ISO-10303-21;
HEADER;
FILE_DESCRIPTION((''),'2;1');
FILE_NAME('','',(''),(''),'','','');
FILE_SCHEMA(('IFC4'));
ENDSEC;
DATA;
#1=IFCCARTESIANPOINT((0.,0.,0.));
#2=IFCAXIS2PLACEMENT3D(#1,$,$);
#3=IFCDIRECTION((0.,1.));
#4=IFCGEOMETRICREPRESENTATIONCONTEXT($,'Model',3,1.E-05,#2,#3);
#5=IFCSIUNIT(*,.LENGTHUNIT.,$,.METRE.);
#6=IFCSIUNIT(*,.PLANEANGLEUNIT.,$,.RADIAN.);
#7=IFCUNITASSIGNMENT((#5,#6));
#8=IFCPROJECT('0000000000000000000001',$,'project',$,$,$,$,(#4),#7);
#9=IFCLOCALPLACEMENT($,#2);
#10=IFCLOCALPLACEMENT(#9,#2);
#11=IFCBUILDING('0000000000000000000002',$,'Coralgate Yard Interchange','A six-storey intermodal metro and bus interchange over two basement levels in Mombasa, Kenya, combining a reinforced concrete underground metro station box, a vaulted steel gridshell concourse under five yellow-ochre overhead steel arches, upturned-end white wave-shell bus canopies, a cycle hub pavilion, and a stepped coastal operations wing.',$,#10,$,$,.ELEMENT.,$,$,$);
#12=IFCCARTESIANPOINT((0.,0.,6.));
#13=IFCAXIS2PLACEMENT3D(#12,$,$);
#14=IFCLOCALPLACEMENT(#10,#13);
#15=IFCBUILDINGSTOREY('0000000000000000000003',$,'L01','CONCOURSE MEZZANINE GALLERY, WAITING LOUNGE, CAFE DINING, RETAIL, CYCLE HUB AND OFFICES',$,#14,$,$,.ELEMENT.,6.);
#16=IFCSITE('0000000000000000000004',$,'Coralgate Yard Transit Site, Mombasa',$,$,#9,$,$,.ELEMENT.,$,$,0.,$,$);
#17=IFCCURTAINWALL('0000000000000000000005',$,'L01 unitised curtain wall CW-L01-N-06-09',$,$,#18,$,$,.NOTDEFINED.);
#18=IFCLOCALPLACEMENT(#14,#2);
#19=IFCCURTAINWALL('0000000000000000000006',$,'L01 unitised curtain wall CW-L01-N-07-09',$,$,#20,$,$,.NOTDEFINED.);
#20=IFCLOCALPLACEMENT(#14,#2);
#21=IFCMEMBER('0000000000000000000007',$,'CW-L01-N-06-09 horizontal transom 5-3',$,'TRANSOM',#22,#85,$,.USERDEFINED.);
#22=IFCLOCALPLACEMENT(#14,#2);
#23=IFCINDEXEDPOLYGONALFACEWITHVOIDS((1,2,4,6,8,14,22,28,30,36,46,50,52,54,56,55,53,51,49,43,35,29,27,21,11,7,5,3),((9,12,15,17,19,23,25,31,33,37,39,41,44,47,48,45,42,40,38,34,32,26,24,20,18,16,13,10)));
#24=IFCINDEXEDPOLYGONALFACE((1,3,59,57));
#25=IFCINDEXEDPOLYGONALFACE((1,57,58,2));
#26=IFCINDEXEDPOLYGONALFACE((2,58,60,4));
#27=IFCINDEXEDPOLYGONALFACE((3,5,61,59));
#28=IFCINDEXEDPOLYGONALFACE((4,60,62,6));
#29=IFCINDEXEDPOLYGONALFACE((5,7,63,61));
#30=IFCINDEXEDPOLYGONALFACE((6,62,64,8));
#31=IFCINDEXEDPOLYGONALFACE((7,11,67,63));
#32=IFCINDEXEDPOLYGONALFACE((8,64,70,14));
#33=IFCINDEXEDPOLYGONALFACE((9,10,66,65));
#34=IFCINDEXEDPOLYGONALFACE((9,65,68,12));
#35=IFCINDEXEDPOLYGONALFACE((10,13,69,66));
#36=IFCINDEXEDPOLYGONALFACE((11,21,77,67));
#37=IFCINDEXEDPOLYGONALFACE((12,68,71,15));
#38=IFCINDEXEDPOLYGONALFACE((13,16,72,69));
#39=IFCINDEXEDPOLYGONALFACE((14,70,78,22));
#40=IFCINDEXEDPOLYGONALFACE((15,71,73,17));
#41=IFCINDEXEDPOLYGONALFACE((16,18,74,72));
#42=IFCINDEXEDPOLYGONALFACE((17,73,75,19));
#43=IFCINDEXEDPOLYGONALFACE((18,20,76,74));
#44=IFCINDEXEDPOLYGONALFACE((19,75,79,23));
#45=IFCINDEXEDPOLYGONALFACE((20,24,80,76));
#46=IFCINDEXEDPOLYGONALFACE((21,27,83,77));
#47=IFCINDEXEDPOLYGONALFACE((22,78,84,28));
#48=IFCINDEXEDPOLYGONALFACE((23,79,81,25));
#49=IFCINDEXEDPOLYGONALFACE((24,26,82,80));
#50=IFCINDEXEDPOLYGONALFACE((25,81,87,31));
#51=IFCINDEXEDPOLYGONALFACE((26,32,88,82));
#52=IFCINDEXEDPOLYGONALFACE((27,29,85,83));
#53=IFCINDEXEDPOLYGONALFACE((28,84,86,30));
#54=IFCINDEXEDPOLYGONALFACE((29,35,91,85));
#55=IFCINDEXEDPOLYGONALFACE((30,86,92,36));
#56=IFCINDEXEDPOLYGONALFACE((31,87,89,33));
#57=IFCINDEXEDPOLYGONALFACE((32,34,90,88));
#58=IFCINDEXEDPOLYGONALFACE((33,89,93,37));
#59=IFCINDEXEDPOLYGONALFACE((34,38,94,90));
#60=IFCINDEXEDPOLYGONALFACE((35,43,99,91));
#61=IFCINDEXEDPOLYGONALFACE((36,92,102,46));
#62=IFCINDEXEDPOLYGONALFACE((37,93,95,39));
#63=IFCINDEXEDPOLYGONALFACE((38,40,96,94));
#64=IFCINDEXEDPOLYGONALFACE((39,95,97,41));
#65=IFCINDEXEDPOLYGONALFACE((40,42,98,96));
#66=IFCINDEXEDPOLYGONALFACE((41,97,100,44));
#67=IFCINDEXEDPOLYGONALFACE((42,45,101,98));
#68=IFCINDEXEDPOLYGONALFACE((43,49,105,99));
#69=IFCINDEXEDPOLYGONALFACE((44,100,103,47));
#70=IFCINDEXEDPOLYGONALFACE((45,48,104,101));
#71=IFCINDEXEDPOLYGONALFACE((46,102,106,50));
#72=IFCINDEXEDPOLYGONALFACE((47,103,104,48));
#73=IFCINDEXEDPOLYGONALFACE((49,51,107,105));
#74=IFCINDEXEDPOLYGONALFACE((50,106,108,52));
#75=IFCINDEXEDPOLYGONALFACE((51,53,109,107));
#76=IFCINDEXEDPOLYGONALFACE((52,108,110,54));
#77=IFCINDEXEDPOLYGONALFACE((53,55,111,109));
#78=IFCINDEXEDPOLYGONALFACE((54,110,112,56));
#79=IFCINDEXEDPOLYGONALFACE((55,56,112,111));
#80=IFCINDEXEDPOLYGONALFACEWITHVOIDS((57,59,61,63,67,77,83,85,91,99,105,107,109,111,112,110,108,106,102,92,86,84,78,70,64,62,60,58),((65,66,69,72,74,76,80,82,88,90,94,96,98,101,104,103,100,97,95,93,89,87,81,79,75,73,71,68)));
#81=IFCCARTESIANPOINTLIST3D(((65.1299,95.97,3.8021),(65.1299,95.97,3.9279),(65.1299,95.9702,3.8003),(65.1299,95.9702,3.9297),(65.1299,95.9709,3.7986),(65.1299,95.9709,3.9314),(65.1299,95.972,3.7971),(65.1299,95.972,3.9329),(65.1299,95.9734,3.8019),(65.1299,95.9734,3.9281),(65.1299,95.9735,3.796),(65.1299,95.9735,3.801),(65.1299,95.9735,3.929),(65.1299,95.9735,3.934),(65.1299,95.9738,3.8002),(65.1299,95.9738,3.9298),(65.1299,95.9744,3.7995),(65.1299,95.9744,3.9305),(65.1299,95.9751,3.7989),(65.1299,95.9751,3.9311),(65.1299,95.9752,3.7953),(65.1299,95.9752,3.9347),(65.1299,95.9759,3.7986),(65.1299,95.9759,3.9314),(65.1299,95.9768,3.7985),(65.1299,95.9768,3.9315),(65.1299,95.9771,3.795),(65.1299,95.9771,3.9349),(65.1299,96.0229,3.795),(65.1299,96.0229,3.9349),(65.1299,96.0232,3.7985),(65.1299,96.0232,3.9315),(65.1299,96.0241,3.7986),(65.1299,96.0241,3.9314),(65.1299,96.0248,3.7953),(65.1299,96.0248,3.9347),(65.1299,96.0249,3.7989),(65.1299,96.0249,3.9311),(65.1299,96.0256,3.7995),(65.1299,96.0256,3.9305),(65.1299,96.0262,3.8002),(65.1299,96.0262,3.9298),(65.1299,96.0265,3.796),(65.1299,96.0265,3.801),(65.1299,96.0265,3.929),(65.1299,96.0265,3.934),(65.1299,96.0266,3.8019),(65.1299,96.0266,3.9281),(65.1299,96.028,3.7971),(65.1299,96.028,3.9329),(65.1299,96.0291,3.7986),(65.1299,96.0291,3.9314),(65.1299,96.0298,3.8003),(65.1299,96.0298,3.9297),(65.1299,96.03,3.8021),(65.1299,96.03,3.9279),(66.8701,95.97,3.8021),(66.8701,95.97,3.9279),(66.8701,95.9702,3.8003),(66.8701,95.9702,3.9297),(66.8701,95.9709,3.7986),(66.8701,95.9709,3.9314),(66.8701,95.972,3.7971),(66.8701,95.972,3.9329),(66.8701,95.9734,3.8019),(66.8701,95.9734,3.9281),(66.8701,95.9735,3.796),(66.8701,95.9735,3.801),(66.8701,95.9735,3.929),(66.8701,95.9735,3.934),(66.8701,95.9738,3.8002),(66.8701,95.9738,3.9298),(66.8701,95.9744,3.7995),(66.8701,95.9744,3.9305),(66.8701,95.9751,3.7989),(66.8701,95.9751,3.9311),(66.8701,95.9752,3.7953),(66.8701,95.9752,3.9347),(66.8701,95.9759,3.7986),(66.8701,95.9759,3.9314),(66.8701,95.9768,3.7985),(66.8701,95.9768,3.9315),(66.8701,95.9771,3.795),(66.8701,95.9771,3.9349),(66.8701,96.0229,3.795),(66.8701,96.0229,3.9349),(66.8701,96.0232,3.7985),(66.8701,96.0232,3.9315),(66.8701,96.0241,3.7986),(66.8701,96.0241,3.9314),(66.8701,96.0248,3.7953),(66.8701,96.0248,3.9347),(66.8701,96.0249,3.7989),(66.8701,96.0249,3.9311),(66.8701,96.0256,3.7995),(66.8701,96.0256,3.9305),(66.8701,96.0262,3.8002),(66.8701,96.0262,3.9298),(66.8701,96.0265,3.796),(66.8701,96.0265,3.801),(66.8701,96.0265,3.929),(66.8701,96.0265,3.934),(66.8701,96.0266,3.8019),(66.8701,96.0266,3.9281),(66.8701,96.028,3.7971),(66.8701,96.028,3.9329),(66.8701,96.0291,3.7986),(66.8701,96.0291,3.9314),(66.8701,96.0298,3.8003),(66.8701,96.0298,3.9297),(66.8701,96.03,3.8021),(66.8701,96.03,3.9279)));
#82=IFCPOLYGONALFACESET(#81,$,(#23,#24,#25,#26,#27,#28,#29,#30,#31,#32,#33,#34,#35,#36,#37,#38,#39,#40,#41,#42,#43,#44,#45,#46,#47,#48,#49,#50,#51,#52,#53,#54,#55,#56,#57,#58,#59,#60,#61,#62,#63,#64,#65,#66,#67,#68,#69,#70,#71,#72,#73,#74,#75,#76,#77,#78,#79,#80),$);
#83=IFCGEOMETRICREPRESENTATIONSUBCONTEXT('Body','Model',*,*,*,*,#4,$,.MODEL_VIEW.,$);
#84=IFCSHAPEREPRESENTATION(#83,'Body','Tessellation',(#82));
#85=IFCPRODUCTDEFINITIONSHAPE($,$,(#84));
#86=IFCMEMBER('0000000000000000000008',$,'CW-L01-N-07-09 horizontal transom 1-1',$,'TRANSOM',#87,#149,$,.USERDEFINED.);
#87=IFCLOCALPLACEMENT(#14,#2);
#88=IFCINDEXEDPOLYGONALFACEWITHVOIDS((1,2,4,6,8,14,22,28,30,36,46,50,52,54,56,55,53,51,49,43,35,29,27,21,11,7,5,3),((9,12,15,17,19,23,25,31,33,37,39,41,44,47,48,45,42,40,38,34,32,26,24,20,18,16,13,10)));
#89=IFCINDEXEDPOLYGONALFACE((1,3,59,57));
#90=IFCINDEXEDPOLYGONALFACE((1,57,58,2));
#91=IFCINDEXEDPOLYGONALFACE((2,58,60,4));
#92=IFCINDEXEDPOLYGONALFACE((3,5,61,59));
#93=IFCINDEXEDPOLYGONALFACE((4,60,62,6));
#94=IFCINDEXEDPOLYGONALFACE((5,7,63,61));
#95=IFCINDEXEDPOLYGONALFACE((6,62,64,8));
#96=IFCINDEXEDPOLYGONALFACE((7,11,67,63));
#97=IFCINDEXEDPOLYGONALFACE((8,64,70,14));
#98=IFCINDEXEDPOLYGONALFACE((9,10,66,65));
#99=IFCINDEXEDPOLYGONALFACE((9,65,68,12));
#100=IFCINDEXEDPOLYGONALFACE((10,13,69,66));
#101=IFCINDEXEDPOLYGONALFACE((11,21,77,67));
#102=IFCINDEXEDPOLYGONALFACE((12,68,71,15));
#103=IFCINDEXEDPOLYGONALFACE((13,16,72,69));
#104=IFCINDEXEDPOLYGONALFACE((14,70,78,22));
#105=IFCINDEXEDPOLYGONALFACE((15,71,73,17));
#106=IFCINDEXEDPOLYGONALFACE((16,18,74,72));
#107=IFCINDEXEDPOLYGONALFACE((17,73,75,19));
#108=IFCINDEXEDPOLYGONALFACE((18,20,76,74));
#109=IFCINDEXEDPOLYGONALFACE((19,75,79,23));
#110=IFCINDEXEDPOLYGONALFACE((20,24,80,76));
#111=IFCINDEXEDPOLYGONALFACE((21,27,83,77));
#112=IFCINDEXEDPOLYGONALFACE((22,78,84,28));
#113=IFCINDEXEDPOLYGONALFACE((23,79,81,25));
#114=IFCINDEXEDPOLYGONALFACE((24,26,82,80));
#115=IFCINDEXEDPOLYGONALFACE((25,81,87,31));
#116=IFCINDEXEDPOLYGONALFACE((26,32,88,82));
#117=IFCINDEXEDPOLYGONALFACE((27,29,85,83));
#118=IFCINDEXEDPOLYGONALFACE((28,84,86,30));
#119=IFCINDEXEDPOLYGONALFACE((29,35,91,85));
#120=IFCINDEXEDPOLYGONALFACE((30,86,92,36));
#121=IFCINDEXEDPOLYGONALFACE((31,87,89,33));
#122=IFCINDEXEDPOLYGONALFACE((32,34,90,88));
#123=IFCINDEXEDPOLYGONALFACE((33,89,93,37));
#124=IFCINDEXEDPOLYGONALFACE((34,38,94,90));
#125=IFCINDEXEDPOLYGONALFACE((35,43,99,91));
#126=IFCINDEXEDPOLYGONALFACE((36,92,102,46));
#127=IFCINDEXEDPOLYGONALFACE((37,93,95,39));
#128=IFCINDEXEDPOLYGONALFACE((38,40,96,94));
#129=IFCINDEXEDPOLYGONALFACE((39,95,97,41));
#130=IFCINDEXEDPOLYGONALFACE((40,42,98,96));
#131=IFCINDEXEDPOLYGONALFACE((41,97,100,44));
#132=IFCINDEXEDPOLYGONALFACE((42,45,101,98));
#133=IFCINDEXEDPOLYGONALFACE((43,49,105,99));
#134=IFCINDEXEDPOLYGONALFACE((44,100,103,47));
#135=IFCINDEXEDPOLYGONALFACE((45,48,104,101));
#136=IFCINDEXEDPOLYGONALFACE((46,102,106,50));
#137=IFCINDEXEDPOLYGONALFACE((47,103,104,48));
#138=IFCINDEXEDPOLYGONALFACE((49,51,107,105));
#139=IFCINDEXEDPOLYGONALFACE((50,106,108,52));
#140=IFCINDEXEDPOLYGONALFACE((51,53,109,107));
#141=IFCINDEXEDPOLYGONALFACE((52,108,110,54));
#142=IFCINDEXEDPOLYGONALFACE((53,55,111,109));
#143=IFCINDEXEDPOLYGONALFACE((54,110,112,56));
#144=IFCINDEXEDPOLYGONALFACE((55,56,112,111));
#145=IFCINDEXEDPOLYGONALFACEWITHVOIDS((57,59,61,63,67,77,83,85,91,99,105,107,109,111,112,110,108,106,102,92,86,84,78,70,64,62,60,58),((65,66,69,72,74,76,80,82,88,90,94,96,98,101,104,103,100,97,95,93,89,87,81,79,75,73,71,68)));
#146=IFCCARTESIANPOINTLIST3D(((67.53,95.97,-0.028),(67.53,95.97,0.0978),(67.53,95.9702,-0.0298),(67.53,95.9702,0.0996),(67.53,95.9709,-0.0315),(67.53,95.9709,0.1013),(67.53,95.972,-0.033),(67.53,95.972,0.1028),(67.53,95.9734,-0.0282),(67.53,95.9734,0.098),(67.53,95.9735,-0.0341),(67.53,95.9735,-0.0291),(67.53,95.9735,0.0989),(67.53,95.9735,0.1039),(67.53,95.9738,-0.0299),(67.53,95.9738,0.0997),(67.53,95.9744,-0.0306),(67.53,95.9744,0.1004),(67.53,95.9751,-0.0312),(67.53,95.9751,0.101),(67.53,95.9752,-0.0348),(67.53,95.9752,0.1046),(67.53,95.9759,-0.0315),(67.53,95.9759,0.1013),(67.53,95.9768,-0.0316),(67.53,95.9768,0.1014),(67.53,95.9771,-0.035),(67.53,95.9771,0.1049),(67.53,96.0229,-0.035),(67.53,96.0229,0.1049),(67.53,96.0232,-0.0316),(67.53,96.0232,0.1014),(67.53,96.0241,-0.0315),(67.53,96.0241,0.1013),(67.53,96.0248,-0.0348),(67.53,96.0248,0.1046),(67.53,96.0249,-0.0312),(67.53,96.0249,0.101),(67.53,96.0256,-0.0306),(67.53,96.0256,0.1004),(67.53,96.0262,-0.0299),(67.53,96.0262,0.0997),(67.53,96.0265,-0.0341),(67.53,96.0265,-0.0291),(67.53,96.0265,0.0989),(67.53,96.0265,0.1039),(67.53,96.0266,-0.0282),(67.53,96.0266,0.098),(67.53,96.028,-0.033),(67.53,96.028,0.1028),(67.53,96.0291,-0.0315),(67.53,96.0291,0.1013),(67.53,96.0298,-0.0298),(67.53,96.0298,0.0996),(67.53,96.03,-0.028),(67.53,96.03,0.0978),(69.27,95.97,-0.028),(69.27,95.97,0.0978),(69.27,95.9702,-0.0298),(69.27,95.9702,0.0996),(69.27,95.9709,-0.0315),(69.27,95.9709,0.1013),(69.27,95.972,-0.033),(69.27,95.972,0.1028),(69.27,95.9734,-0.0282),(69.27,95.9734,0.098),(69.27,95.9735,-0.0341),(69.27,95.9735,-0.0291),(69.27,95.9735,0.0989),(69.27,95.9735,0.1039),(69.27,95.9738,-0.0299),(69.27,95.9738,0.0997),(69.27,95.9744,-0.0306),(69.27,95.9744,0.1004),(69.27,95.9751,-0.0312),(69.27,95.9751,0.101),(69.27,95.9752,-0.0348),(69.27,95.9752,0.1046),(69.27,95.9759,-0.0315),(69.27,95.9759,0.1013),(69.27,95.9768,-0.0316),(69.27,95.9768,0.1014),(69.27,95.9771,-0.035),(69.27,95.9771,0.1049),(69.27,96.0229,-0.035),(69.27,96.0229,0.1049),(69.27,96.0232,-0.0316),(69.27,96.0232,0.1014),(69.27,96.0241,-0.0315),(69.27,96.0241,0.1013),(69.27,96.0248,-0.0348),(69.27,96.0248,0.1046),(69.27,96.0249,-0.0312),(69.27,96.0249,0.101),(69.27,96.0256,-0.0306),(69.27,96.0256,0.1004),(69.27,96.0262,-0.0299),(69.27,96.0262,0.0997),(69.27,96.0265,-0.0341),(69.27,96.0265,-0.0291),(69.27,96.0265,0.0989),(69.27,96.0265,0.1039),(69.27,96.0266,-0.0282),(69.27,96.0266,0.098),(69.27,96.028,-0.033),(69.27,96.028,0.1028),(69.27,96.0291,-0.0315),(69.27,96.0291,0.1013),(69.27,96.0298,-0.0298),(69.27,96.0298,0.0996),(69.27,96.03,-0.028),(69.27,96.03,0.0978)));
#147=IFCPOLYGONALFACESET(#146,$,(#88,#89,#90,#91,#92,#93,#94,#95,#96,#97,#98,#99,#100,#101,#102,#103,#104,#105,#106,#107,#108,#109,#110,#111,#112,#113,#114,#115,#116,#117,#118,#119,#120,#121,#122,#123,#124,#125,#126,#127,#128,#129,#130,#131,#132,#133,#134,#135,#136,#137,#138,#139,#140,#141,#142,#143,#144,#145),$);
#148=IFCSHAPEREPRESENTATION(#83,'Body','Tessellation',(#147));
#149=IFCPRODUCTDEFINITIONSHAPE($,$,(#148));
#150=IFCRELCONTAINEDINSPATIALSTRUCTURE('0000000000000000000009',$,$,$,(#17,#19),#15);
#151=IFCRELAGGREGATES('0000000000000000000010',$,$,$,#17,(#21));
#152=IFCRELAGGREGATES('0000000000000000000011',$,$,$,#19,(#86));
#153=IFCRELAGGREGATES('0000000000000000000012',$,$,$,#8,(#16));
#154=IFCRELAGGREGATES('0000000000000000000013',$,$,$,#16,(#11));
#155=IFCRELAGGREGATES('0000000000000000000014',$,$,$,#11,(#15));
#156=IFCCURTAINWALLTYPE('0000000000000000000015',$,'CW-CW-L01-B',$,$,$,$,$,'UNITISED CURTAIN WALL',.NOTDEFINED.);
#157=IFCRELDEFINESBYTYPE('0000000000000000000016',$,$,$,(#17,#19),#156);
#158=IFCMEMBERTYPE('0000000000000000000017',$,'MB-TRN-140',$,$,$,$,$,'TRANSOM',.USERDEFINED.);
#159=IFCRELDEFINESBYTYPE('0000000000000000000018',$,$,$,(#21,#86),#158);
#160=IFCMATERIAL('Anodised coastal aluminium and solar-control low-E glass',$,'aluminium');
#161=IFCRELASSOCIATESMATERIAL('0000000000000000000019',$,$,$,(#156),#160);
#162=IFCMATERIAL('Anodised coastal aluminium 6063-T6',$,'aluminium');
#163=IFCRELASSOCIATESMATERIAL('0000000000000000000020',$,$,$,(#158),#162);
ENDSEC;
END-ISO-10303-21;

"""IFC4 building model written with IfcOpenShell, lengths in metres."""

from ifc_helpers import new_model, si_unit, direction, frame, origin, origin_2d, place, context, subcontext, project, spatial, hollow_rectangle, extrude, material, material_profile, profile_set, type_object, element, aggregate, save


model = new_model("IFC4")

# Units and contexts
model_context = context("Model", 3, precision=1e-05, world=origin(), true_north=direction((0.0, 1.0)))
body_context = subcontext(model_context, "Body", "Model", "MODEL_VIEW")
ifc_project = project(units=[si_unit("LENGTHUNIT", "METRE"), si_unit("PLANEANGLEUNIT", "RADIAN")], contexts=[model_context])

# Site, building, storey
site_placement = place(None, origin())
site = spatial("IfcSite", under=ifc_project, at=site_placement, Name="Coralgate Yard Transit Site, Mombasa", CompositionType="ELEMENT", RefElevation=0.0)
building_placement = place(site_placement, origin())
building = spatial("IfcBuilding", under=site, at=building_placement, Name="Coralgate Yard Interchange", Description="A six-storey intermodal metro and bus interchange over two basement levels in Mombasa, Kenya, combining a reinforced concrete underground metro station box, a vaulted steel gridshell concourse under five yellow-ochre overhead steel arches, upturned-end white wave-shell bus canopies, a cycle hub pavilion, and a stepped coastal operations wing.", CompositionType="ELEMENT")
storey_placement = place(building_placement, frame((0.0, 0.0, 6.0)))
storey = spatial("IfcBuildingStorey", under=building, at=storey_placement, Name="L01", Description="CONCOURSE MEZZANINE GALLERY, WAITING LOUNGE, CAFE DINING, RETAIL, CYCLE HUB AND OFFICES", CompositionType="ELEMENT", Elevation=6.0)

# Curtain wall
ifc_material_1 = material(Name="Anodised coastal aluminium and solar-control low-E glass", Category="aluminium")
curtain_wall_type = type_object("IfcCurtainWallType", Name="CW-CW-L01-B", ElementType="UNITISED CURTAIN WALL", PredefinedType="NOTDEFINED", material=ifc_material_1)
curtain_wall_1_placement = place(storey_placement, origin())
curtain_wall_1 = element("IfcCurtainWall", 1, at=curtain_wall_1_placement, inside=storey, type_object=curtain_wall_type, Name="L01 unitised curtain wall CW-L01-N-06-09", PredefinedType="NOTDEFINED")
ifc_material_2 = material(Name="Anodised coastal aluminium 6063-T6", Category="aluminium")

# Curtain wall
curtain_wall_2_placement = place(storey_placement, origin())
curtain_wall_2 = element("IfcCurtainWall", 2, at=curtain_wall_2_placement, inside=storey, type_object=curtain_wall_type, Name="L01 unitised curtain wall CW-L01-N-07-09", PredefinedType="NOTDEFINED")

# Members
ifc_material_profile_1 = material_profile(ifc_material_2, hollow_rectangle(XDim=0.0601, YDim=0.1399, WallThickness=0.0034, InnerFilletRadius=0.0034, OuterFilletRadius=0.0071, at=origin_2d()), Name="ALU 60x140x3.5")
ifc_profile_set_1 = profile_set([ifc_material_profile_1], Name="Anodised coastal aluminium 6063-T6")
member_type_1 = type_object("IfcMemberType", Name="MB-TRN-140", ElementType="TRANSOM", PredefinedType="USERDEFINED", material=ifc_profile_set_1)
member_1_placement = place(storey_placement, frame((65.1299, 96.0, 3.865), z_axis=(1.0, 0.0, 0.0), x_axis=(0.0, 1.0, 0.0)))
member_1 = element("IfcMember", 3, at=member_1_placement, type_object=member_type_1, Name="CW-L01-N-06-09 horizontal transom 5-3", ObjectType="TRANSOM", PredefinedType="USERDEFINED", context=body_context, shape_type="SweptSolid", body=[
    extrude(hollow_rectangle(XDim=0.0601, YDim=0.1399, WallThickness=0.0034, InnerFilletRadius=0.0034, OuterFilletRadius=0.0071, at=origin_2d()), origin(), (0.0, 0.0, 1.0), 1.7402),
])
member_2_placement = place(storey_placement, frame((67.53, 96.0, 0.0349), z_axis=(1.0, 0.0, 0.0), x_axis=(0.0, 1.0, 0.0)))
member_2 = element("IfcMember", 4, at=member_2_placement, type_object=member_type_1, Name="CW-L01-N-07-09 horizontal transom 1-1", ObjectType="TRANSOM", PredefinedType="USERDEFINED", context=body_context, shape_type="SweptSolid", body=[
    extrude(hollow_rectangle(XDim=0.0601, YDim=0.1399, WallThickness=0.0034, InnerFilletRadius=0.0034, OuterFilletRadius=0.0071, at=origin_2d()), origin(), (0.0, 0.0, 1.0), 1.74),
])

aggregate(curtain_wall_1, [member_1])
aggregate(curtain_wall_2, [member_2])

save(model, "model.ifc")
